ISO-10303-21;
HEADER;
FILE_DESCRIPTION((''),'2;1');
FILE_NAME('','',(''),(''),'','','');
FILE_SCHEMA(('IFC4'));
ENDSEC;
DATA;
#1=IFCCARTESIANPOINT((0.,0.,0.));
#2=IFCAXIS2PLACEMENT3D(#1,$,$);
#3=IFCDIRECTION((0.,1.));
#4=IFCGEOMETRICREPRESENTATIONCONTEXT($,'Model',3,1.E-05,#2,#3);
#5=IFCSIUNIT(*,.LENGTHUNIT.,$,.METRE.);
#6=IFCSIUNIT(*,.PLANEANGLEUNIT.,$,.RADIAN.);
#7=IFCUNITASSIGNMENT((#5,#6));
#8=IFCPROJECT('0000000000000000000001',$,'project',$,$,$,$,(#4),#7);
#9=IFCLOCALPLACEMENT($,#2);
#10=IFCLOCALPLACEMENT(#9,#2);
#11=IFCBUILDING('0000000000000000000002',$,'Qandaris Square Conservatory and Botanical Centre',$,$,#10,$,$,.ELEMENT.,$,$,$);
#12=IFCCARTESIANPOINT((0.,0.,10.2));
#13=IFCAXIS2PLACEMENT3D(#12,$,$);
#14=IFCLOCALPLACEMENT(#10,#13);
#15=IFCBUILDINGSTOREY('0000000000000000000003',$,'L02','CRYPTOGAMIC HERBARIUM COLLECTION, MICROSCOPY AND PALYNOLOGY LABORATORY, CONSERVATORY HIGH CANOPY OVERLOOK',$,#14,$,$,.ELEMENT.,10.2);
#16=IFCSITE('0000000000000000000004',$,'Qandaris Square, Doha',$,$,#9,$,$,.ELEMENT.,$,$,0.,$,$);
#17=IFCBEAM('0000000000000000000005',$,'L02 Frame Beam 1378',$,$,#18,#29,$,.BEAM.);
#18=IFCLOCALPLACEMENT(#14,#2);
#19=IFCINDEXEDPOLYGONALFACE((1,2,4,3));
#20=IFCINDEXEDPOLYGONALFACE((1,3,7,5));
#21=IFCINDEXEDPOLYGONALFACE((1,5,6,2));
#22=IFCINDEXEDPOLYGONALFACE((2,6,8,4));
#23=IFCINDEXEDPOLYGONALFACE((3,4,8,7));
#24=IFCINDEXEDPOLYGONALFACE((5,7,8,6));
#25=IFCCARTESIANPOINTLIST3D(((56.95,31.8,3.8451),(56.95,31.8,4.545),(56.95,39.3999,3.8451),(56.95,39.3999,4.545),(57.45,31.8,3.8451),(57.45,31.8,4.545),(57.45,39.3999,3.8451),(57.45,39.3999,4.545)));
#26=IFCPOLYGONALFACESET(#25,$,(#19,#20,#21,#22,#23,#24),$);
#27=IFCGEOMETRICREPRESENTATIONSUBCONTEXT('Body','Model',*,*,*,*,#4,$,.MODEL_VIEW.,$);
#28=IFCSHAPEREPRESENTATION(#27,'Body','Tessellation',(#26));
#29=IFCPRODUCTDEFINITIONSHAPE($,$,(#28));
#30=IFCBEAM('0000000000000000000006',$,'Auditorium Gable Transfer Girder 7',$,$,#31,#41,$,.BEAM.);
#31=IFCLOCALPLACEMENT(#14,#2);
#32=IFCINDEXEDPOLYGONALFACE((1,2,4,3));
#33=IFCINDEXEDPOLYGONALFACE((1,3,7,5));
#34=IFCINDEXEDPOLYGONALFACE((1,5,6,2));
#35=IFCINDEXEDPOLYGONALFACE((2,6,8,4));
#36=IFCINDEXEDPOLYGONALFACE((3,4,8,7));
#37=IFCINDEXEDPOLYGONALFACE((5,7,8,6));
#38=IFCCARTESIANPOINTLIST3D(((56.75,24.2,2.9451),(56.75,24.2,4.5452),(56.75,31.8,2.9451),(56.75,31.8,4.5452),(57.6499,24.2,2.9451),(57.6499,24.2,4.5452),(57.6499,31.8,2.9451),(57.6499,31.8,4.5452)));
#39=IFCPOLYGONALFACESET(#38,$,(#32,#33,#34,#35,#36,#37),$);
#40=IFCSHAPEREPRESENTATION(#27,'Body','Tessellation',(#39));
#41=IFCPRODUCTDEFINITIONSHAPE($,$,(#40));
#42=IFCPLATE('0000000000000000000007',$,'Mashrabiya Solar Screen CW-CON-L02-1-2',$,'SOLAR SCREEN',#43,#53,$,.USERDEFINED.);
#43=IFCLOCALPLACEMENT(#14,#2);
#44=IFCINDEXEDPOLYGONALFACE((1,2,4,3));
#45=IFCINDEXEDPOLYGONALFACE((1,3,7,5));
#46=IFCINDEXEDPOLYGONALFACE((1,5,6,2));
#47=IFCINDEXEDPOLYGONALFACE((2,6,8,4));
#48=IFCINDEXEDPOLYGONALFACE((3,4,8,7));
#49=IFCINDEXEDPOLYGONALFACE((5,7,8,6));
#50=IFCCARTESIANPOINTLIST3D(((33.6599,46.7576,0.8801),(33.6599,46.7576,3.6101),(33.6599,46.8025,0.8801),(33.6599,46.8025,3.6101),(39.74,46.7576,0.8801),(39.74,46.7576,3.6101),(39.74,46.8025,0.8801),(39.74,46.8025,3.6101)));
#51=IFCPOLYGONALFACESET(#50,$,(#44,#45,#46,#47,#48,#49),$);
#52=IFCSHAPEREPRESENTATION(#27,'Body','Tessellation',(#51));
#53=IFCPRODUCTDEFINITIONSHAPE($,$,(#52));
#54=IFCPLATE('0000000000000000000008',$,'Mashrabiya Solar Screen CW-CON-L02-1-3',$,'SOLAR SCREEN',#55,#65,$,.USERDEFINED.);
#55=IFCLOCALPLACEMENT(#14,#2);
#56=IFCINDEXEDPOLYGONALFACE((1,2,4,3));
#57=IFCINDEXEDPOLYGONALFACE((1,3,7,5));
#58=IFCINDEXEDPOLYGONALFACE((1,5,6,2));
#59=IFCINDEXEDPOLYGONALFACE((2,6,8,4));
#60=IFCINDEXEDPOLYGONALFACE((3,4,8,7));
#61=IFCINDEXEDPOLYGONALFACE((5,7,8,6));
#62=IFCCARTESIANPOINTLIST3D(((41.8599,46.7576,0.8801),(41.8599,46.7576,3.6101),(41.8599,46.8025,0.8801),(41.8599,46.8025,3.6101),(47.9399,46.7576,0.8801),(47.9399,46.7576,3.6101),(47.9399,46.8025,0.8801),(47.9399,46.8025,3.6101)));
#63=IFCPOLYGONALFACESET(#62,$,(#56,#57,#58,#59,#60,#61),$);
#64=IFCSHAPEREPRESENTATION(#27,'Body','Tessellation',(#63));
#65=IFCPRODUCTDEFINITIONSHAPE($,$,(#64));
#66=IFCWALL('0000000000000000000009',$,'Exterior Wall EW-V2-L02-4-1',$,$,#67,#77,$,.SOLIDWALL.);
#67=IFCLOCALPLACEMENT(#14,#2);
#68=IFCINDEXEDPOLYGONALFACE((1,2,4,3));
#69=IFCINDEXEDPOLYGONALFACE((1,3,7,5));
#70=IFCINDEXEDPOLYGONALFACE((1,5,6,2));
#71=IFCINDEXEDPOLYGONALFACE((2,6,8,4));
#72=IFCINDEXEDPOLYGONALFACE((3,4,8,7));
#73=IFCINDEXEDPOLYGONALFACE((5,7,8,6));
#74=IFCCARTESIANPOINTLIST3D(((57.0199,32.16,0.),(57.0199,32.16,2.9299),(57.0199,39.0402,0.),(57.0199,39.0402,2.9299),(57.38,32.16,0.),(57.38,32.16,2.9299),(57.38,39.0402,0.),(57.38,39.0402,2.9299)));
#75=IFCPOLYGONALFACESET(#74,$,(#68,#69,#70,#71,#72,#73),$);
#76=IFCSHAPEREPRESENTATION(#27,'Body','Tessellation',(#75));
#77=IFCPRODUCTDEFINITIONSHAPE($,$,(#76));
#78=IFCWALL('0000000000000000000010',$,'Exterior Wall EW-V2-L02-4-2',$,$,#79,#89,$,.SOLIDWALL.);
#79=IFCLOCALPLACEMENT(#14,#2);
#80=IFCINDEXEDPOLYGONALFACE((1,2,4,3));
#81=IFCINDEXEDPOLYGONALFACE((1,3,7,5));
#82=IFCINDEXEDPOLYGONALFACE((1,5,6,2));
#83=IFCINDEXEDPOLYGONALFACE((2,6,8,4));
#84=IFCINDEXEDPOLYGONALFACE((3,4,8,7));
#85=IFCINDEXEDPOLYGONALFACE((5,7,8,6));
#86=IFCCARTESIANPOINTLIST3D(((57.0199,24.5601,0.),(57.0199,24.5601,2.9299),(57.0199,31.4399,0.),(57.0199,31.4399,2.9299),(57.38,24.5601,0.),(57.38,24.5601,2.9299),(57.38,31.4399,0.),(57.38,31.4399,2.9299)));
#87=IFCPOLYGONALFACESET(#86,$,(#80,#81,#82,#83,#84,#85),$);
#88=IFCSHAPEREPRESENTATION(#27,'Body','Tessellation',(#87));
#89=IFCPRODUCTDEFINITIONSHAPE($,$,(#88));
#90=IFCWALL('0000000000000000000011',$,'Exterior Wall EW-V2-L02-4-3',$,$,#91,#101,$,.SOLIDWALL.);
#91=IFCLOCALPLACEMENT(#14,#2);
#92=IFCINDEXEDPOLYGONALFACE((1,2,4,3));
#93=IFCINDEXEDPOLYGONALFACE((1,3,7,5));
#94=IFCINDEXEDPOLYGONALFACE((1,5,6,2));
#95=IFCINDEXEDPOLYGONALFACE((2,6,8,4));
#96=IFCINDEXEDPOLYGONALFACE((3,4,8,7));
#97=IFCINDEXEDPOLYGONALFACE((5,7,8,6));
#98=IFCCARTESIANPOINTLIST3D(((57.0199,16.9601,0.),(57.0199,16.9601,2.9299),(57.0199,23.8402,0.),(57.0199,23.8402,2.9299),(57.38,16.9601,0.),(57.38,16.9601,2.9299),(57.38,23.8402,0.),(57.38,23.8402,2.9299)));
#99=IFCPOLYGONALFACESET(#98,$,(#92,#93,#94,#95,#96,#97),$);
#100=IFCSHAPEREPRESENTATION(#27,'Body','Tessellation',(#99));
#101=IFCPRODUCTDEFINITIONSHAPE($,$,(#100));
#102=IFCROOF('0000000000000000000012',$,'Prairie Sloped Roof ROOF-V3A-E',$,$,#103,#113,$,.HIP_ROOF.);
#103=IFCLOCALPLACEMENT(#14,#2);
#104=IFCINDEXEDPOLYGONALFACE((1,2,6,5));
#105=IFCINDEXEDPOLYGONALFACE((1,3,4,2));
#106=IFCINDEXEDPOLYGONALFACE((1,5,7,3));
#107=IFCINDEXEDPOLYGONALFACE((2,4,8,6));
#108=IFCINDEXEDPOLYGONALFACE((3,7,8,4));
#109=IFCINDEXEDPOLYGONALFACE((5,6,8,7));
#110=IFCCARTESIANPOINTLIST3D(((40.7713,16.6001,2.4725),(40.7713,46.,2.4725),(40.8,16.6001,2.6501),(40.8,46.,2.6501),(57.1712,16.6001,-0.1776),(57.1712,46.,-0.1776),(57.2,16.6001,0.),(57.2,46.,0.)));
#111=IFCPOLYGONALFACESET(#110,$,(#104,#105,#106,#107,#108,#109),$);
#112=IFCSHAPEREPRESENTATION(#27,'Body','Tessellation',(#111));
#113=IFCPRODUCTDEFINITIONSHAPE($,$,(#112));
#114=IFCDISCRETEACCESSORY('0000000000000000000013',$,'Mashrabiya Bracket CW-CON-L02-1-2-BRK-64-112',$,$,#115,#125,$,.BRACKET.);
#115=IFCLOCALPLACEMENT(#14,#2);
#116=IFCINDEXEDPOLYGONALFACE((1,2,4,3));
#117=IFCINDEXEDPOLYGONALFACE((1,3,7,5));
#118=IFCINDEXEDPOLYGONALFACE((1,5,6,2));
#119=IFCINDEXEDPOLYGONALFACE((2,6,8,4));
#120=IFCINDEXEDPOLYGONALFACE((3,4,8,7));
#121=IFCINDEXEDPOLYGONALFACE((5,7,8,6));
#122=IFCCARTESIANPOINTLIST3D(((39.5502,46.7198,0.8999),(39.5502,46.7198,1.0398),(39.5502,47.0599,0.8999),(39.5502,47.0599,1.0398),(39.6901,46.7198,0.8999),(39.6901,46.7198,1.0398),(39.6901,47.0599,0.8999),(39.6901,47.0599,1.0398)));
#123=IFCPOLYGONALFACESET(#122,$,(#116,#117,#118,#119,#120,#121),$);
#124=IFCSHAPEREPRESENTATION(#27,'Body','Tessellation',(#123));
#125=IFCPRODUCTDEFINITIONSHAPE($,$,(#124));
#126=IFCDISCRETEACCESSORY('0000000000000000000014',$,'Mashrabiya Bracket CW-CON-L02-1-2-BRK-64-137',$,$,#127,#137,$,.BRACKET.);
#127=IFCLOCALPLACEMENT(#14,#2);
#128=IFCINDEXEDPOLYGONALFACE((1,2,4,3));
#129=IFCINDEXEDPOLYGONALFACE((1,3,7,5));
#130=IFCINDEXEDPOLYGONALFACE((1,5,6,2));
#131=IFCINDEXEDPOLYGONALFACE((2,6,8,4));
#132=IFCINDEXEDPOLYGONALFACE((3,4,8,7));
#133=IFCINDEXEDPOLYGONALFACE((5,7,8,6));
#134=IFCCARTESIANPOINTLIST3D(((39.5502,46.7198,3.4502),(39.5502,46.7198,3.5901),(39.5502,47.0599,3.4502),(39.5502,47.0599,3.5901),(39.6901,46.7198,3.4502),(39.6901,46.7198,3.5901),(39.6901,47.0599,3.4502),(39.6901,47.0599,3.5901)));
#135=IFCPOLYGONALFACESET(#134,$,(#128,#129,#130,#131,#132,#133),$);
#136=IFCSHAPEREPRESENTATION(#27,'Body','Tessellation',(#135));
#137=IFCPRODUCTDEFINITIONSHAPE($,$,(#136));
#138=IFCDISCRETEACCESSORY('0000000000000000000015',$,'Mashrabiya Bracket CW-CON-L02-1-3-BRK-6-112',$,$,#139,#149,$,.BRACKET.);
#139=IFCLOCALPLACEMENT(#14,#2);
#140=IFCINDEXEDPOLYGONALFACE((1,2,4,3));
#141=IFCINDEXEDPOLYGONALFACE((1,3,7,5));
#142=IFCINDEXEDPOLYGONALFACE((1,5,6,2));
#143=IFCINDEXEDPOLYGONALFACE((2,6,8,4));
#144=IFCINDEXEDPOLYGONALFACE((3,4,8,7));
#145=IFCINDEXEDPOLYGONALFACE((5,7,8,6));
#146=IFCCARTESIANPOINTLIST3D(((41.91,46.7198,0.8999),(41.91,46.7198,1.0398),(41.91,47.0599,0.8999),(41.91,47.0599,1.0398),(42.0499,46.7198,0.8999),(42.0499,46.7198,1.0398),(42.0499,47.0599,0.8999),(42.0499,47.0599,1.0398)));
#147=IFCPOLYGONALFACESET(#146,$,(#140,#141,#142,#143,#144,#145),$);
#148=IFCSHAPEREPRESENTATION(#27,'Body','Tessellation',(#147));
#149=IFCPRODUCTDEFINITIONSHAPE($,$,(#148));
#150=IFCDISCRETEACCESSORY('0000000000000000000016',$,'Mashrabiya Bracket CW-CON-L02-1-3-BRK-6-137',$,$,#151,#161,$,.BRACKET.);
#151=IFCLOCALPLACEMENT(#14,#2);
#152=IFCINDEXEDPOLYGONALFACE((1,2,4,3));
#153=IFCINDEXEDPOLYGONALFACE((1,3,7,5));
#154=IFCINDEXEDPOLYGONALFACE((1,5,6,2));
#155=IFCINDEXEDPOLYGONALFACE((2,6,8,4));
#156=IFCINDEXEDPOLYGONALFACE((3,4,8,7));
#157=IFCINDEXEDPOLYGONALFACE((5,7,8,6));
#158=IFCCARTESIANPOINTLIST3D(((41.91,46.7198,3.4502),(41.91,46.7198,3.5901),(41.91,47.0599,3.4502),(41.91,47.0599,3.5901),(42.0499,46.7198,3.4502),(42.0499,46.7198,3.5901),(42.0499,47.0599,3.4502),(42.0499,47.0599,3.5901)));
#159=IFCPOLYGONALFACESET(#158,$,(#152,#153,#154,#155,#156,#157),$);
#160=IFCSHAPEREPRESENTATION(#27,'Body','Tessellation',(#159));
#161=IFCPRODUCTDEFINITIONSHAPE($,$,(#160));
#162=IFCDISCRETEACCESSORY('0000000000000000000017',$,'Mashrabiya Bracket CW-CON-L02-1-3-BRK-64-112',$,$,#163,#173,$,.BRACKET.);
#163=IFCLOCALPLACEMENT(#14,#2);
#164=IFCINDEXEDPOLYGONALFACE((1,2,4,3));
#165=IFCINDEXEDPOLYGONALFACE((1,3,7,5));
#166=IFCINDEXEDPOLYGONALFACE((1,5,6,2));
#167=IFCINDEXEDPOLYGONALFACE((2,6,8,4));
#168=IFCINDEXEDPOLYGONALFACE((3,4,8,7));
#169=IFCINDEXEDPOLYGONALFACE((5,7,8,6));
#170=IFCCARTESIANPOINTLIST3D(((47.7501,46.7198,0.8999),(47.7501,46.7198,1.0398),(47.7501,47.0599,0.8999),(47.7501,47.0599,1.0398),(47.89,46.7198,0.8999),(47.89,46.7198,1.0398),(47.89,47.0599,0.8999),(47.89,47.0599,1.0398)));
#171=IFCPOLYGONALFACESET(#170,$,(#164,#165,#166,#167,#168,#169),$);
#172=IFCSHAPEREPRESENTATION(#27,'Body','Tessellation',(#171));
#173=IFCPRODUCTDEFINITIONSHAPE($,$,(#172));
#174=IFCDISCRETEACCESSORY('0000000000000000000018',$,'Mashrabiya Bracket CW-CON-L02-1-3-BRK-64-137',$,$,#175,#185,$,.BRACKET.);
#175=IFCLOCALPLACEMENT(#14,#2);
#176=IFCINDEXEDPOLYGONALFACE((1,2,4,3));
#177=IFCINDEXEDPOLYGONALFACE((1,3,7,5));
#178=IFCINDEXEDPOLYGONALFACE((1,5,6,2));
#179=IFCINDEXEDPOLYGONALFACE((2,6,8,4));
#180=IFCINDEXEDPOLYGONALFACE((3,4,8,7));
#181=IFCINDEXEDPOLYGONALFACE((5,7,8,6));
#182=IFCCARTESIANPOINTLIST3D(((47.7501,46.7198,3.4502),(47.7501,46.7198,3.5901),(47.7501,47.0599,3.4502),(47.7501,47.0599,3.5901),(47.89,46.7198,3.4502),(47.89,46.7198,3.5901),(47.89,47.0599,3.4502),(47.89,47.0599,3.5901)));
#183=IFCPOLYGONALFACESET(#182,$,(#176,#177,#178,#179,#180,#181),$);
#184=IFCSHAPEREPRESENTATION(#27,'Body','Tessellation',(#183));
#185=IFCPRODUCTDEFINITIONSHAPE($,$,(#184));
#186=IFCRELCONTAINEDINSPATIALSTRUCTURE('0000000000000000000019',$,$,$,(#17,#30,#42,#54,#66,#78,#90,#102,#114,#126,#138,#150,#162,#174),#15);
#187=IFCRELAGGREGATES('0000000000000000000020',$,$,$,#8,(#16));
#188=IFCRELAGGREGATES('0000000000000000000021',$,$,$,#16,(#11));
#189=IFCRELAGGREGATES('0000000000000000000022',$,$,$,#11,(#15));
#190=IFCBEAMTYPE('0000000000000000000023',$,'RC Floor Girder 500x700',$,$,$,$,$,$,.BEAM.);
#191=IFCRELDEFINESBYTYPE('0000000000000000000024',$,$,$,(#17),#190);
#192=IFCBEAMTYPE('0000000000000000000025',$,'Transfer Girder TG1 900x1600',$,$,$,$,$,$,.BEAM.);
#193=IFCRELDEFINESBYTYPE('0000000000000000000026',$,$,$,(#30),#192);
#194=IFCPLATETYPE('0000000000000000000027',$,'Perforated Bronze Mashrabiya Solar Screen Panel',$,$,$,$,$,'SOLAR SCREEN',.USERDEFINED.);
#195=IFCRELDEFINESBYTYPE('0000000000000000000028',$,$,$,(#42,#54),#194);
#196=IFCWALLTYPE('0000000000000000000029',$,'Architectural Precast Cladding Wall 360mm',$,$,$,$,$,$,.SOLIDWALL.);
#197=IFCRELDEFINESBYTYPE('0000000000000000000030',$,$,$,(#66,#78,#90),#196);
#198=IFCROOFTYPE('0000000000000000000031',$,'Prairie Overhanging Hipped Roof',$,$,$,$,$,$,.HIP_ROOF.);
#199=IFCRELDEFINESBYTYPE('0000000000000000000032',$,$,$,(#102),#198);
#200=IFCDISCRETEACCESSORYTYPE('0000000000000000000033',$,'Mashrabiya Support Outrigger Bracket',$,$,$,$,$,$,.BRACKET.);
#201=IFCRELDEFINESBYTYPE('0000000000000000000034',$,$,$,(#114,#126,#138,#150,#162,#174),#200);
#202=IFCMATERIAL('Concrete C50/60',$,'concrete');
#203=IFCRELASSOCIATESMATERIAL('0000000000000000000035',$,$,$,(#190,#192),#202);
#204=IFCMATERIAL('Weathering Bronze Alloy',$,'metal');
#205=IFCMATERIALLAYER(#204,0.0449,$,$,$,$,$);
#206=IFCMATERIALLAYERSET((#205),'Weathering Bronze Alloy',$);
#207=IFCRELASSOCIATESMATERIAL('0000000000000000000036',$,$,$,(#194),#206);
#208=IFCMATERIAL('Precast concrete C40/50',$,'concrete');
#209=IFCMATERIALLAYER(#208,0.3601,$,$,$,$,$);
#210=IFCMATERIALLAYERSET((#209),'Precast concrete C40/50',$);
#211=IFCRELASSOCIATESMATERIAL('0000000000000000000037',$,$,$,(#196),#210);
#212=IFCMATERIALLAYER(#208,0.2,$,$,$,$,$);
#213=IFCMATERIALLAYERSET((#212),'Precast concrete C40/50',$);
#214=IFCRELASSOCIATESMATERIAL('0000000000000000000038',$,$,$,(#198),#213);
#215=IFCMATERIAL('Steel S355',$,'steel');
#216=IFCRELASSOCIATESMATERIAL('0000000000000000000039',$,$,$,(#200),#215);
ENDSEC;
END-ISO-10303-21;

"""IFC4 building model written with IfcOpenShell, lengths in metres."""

from ifc_helpers import new_model, si_unit, direction, frame, frame_2d, origin, origin_2d, place, context, subcontext, project, spatial, polyline, rectangle, outline, extrude, material, layer, layer_set, material_profile, profile_set, type_object, element, save


model = new_model("IFC4")

# Units and contexts
model_context = context("Model", 3, precision=1e-05, world=origin(), true_north=direction((0.0, 1.0)))
body_context = subcontext(model_context, "Body", "Model", "MODEL_VIEW")
ifc_project = project(units=[si_unit("LENGTHUNIT", "METRE"), si_unit("PLANEANGLEUNIT", "RADIAN")], contexts=[model_context])

# Site, building, storey
site_placement = place(None, origin())
site = spatial("IfcSite", under=ifc_project, at=site_placement, Name="Qandaris Square, Doha", CompositionType="ELEMENT", RefElevation=0.0)
building_placement = place(site_placement, origin())
building = spatial("IfcBuilding", under=site, at=building_placement, Name="Qandaris Square Conservatory and Botanical Centre", CompositionType="ELEMENT")
storey_placement = place(building_placement, frame((0.0, 0.0, 10.2)))
storey = spatial("IfcBuildingStorey", under=building, at=storey_placement, Name="L02", Description="CRYPTOGAMIC HERBARIUM COLLECTION, MICROSCOPY AND PALYNOLOGY LABORATORY, CONSERVATORY HIGH CANOPY OVERLOOK", CompositionType="ELEMENT", Elevation=10.2)

# Beams
ifc_material_1 = material(Name="Steel S355", Category="steel")
ifc_material_2 = material(Name="Concrete C50/60", Category="concrete")
ifc_material_profile_1 = material_profile(ifc_material_2, rectangle(XDim=0.5, YDim=0.7, at=origin_2d()), Name="RC-BM 500x700")
ifc_profile_set_1 = profile_set([ifc_material_profile_1], Name="Concrete C50/60")
beam_type_1 = type_object("IfcBeamType", Name="RC Floor Girder 500x700", PredefinedType="BEAM", material=ifc_profile_set_1)
for number, where, z_axis, x_axis, name in (
    (1, (57.2, 31.8, 4.1951), (0.0, 1.0, 0.0), (-1.0, 0.0, 0.0), "L02 Frame Beam 1378"),
):
    element("IfcBeam", number, at=place(storey_placement, frame(where, z_axis=z_axis, x_axis=x_axis)), inside=storey, type_object=beam_type_1, Name=name, PredefinedType="BEAM", context=body_context, shape_type="SweptSolid", body=[
        extrude(rectangle(XDim=0.5, YDim=0.7, at=origin_2d()), origin(), (0.0, 0.0, 1.0), 7.5999),
    ])
ifc_material_profile_2 = material_profile(ifc_material_2, rectangle(XDim=0.8999, YDim=1.6001, at=origin_2d()), Name="RC-TG 900x1600")
ifc_profile_set_2 = profile_set([ifc_material_profile_2], Name="Concrete C50/60")
beam_type_2 = type_object("IfcBeamType", Name="Transfer Girder TG1 900x1600", PredefinedType="BEAM", material=ifc_profile_set_2)
beam_1_placement = place(storey_placement, frame((57.2, 24.2, 3.7451), z_axis=(0.0, 1.0, 0.0), x_axis=(-1.0, 0.0, 0.0)))
element("IfcBeam", 2, at=beam_1_placement, inside=storey, type_object=beam_type_2, Name="Auditorium Gable Transfer Girder 7", PredefinedType="BEAM", context=body_context, shape_type="SweptSolid", body=[
    extrude(rectangle(XDim=0.8999, YDim=1.6001, at=origin_2d()), origin(), (0.0, 0.0, 1.0), 7.6001),
])

# Plates
ifc_material_3 = material(Name="Weathering Bronze Alloy", Category="metal")
ifc_layer_1 = layer(ifc_material_3, 0.0449)
ifc_layer_set_1 = layer_set([ifc_layer_1], Name="Weathering Bronze Alloy")
plate_type = type_object("IfcPlateType", Name="Perforated Bronze Mashrabiya Solar Screen Panel", ElementType="SOLAR SCREEN", PredefinedType="USERDEFINED", material=ifc_layer_set_1)
for number, where, z_axis, x_axis, name in (
    (3, (36.7, 46.78, 0.8801), (0.0, 0.0, 1.0), (1.0, 0.0, 0.0), "Mashrabiya Solar Screen CW-CON-L02-1-2"),
    (4, (44.8999, 46.78, 0.8801), (0.0, 0.0, 1.0), (1.0, 0.0, 0.0), "Mashrabiya Solar Screen CW-CON-L02-1-3"),
):
    element("IfcPlate", number, at=place(storey_placement, frame(where, z_axis=z_axis, x_axis=x_axis)), inside=storey, type_object=plate_type, Name=name, ObjectType="SOLAR SCREEN", PredefinedType="USERDEFINED", context=body_context, shape_type="SweptSolid", body=[
        extrude(rectangle(XDim=6.0801, YDim=0.0449, at=origin_2d()), origin(), (0.0, 0.0, 1.0), 2.73),
    ])

# Walls
ifc_material_4 = material(Name="Precast concrete C40/50", Category="concrete")
ifc_layer_2 = layer(ifc_material_4, 0.3601)
ifc_layer_set_2 = layer_set([ifc_layer_2], Name="Precast concrete C40/50")
wall_type = type_object("IfcWallType", Name="Architectural Precast Cladding Wall 360mm", PredefinedType="SOLIDWALL", material=ifc_layer_set_2)
wall_1_placement = place(storey_placement, frame((57.2, 39.04, 0.0), z_axis=(0.0, 0.0, 1.0), x_axis=(0.0, -1.0, 0.0)))
element("IfcWall", 5, at=wall_1_placement, inside=storey, type_object=wall_type, Name="Exterior Wall EW-V2-L02-4-1", PredefinedType="SOLIDWALL", context=body_context, shape_type="SweptSolid", body=[
    extrude(rectangle(XDim=6.8801, YDim=0.3601, at=frame_2d((3.4399, 0.0))), origin(), (0.0, 0.0, 1.0), 2.9299),
])
wall_2_placement = place(storey_placement, frame((57.2, 31.4399, 0.0), z_axis=(0.0, 0.0, 1.0), x_axis=(0.0, -1.0, 0.0)))
element("IfcWall", 6, at=wall_2_placement, inside=storey, type_object=wall_type, Name="Exterior Wall EW-V2-L02-4-2", PredefinedType="SOLIDWALL", context=body_context, shape_type="SweptSolid", body=[
    extrude(rectangle(XDim=6.8799, YDim=0.3601, at=frame_2d((3.4399, 0.0))), origin(), (0.0, 0.0, 1.0), 2.9299),
])
wall_3_placement = place(storey_placement, frame((57.2, 23.8401, 0.0), z_axis=(0.0, 0.0, 1.0), x_axis=(0.0, -1.0, 0.0)))
element("IfcWall", 7, at=wall_3_placement, inside=storey, type_object=wall_type, Name="Exterior Wall EW-V2-L02-4-3", PredefinedType="SOLIDWALL", context=body_context, shape_type="SweptSolid", body=[
    extrude(rectangle(XDim=6.8801, YDim=0.3601, at=frame_2d((3.4399, 0.0))), origin(), (0.0, 0.0, 1.0), 2.9299),
])

# Roof
ifc_layer_3 = layer(ifc_material_4, 0.2)
ifc_layer_set_3 = layer_set([ifc_layer_3], Name="Precast concrete C40/50")
roof_type = type_object("IfcRoofType", Name="Prairie Overhanging Hipped Roof", PredefinedType="HIP_ROOF", material=ifc_layer_set_3)
roof_placement = place(storey_placement, frame((57.2, 46.0, 0.0), z_axis=(0.159526, 0.0, 0.987194), x_axis=(-0.987194, 0.0, 0.159526)))
element("IfcRoof", 8, at=roof_placement, inside=storey, type_object=roof_type, Name="Prairie Sloped Roof ROOF-V3A-E", PredefinedType="HIP_ROOF", context=body_context, shape_type="SweptSolid", body=[
    extrude(outline(polyline([(0.0, 0.0), (16.6126, 0.0), (16.6126, 29.3999), (0.0, 29.3999), (0.0, 0.0)])), origin(), (0.0, 0.0, -1.0), 0.1799),
])

# Discrete accessories
discrete_accessory_type = type_object("IfcDiscreteAccessoryType", Name="Mashrabiya Support Outrigger Bracket", PredefinedType="BRACKET", material=ifc_material_1)
for number, where, z_axis, x_axis, name in (
    (9, (39.6201, 46.8899, 0.8999), (0.0, 0.0, 1.0), (1.0, 0.0, 0.0), "Mashrabiya Bracket CW-CON-L02-1-2-BRK-64-112"),
    (10, (39.6201, 46.8899, 3.4502), (0.0, 0.0, 1.0), (1.0, 0.0, 0.0), "Mashrabiya Bracket CW-CON-L02-1-2-BRK-64-137"),
    (11, (41.98, 46.8899, 0.8999), (0.0, 0.0, 1.0), (1.0, 0.0, 0.0), "Mashrabiya Bracket CW-CON-L02-1-3-BRK-6-112"),
    (12, (41.98, 46.8899, 3.4502), (0.0, 0.0, 1.0), (1.0, 0.0, 0.0), "Mashrabiya Bracket CW-CON-L02-1-3-BRK-6-137"),
    (13, (47.8201, 46.8899, 0.8999), (0.0, 0.0, 1.0), (1.0, 0.0, 0.0), "Mashrabiya Bracket CW-CON-L02-1-3-BRK-64-112"),
    (14, (47.8201, 46.8899, 3.4502), (0.0, 0.0, 1.0), (1.0, 0.0, 0.0), "Mashrabiya Bracket CW-CON-L02-1-3-BRK-64-137"),
):
    element("IfcDiscreteAccessory", number, at=place(storey_placement, frame(where, z_axis=z_axis, x_axis=x_axis)), inside=storey, type_object=discrete_accessory_type, Name=name, PredefinedType="BRACKET", context=body_context, shape_type="SweptSolid", body=[
        extrude(rectangle(XDim=0.1399, YDim=0.3401, at=origin_2d()), origin(), (0.0, 0.0, 1.0), 0.1399),
    ])

save(model, "model.ifc")
